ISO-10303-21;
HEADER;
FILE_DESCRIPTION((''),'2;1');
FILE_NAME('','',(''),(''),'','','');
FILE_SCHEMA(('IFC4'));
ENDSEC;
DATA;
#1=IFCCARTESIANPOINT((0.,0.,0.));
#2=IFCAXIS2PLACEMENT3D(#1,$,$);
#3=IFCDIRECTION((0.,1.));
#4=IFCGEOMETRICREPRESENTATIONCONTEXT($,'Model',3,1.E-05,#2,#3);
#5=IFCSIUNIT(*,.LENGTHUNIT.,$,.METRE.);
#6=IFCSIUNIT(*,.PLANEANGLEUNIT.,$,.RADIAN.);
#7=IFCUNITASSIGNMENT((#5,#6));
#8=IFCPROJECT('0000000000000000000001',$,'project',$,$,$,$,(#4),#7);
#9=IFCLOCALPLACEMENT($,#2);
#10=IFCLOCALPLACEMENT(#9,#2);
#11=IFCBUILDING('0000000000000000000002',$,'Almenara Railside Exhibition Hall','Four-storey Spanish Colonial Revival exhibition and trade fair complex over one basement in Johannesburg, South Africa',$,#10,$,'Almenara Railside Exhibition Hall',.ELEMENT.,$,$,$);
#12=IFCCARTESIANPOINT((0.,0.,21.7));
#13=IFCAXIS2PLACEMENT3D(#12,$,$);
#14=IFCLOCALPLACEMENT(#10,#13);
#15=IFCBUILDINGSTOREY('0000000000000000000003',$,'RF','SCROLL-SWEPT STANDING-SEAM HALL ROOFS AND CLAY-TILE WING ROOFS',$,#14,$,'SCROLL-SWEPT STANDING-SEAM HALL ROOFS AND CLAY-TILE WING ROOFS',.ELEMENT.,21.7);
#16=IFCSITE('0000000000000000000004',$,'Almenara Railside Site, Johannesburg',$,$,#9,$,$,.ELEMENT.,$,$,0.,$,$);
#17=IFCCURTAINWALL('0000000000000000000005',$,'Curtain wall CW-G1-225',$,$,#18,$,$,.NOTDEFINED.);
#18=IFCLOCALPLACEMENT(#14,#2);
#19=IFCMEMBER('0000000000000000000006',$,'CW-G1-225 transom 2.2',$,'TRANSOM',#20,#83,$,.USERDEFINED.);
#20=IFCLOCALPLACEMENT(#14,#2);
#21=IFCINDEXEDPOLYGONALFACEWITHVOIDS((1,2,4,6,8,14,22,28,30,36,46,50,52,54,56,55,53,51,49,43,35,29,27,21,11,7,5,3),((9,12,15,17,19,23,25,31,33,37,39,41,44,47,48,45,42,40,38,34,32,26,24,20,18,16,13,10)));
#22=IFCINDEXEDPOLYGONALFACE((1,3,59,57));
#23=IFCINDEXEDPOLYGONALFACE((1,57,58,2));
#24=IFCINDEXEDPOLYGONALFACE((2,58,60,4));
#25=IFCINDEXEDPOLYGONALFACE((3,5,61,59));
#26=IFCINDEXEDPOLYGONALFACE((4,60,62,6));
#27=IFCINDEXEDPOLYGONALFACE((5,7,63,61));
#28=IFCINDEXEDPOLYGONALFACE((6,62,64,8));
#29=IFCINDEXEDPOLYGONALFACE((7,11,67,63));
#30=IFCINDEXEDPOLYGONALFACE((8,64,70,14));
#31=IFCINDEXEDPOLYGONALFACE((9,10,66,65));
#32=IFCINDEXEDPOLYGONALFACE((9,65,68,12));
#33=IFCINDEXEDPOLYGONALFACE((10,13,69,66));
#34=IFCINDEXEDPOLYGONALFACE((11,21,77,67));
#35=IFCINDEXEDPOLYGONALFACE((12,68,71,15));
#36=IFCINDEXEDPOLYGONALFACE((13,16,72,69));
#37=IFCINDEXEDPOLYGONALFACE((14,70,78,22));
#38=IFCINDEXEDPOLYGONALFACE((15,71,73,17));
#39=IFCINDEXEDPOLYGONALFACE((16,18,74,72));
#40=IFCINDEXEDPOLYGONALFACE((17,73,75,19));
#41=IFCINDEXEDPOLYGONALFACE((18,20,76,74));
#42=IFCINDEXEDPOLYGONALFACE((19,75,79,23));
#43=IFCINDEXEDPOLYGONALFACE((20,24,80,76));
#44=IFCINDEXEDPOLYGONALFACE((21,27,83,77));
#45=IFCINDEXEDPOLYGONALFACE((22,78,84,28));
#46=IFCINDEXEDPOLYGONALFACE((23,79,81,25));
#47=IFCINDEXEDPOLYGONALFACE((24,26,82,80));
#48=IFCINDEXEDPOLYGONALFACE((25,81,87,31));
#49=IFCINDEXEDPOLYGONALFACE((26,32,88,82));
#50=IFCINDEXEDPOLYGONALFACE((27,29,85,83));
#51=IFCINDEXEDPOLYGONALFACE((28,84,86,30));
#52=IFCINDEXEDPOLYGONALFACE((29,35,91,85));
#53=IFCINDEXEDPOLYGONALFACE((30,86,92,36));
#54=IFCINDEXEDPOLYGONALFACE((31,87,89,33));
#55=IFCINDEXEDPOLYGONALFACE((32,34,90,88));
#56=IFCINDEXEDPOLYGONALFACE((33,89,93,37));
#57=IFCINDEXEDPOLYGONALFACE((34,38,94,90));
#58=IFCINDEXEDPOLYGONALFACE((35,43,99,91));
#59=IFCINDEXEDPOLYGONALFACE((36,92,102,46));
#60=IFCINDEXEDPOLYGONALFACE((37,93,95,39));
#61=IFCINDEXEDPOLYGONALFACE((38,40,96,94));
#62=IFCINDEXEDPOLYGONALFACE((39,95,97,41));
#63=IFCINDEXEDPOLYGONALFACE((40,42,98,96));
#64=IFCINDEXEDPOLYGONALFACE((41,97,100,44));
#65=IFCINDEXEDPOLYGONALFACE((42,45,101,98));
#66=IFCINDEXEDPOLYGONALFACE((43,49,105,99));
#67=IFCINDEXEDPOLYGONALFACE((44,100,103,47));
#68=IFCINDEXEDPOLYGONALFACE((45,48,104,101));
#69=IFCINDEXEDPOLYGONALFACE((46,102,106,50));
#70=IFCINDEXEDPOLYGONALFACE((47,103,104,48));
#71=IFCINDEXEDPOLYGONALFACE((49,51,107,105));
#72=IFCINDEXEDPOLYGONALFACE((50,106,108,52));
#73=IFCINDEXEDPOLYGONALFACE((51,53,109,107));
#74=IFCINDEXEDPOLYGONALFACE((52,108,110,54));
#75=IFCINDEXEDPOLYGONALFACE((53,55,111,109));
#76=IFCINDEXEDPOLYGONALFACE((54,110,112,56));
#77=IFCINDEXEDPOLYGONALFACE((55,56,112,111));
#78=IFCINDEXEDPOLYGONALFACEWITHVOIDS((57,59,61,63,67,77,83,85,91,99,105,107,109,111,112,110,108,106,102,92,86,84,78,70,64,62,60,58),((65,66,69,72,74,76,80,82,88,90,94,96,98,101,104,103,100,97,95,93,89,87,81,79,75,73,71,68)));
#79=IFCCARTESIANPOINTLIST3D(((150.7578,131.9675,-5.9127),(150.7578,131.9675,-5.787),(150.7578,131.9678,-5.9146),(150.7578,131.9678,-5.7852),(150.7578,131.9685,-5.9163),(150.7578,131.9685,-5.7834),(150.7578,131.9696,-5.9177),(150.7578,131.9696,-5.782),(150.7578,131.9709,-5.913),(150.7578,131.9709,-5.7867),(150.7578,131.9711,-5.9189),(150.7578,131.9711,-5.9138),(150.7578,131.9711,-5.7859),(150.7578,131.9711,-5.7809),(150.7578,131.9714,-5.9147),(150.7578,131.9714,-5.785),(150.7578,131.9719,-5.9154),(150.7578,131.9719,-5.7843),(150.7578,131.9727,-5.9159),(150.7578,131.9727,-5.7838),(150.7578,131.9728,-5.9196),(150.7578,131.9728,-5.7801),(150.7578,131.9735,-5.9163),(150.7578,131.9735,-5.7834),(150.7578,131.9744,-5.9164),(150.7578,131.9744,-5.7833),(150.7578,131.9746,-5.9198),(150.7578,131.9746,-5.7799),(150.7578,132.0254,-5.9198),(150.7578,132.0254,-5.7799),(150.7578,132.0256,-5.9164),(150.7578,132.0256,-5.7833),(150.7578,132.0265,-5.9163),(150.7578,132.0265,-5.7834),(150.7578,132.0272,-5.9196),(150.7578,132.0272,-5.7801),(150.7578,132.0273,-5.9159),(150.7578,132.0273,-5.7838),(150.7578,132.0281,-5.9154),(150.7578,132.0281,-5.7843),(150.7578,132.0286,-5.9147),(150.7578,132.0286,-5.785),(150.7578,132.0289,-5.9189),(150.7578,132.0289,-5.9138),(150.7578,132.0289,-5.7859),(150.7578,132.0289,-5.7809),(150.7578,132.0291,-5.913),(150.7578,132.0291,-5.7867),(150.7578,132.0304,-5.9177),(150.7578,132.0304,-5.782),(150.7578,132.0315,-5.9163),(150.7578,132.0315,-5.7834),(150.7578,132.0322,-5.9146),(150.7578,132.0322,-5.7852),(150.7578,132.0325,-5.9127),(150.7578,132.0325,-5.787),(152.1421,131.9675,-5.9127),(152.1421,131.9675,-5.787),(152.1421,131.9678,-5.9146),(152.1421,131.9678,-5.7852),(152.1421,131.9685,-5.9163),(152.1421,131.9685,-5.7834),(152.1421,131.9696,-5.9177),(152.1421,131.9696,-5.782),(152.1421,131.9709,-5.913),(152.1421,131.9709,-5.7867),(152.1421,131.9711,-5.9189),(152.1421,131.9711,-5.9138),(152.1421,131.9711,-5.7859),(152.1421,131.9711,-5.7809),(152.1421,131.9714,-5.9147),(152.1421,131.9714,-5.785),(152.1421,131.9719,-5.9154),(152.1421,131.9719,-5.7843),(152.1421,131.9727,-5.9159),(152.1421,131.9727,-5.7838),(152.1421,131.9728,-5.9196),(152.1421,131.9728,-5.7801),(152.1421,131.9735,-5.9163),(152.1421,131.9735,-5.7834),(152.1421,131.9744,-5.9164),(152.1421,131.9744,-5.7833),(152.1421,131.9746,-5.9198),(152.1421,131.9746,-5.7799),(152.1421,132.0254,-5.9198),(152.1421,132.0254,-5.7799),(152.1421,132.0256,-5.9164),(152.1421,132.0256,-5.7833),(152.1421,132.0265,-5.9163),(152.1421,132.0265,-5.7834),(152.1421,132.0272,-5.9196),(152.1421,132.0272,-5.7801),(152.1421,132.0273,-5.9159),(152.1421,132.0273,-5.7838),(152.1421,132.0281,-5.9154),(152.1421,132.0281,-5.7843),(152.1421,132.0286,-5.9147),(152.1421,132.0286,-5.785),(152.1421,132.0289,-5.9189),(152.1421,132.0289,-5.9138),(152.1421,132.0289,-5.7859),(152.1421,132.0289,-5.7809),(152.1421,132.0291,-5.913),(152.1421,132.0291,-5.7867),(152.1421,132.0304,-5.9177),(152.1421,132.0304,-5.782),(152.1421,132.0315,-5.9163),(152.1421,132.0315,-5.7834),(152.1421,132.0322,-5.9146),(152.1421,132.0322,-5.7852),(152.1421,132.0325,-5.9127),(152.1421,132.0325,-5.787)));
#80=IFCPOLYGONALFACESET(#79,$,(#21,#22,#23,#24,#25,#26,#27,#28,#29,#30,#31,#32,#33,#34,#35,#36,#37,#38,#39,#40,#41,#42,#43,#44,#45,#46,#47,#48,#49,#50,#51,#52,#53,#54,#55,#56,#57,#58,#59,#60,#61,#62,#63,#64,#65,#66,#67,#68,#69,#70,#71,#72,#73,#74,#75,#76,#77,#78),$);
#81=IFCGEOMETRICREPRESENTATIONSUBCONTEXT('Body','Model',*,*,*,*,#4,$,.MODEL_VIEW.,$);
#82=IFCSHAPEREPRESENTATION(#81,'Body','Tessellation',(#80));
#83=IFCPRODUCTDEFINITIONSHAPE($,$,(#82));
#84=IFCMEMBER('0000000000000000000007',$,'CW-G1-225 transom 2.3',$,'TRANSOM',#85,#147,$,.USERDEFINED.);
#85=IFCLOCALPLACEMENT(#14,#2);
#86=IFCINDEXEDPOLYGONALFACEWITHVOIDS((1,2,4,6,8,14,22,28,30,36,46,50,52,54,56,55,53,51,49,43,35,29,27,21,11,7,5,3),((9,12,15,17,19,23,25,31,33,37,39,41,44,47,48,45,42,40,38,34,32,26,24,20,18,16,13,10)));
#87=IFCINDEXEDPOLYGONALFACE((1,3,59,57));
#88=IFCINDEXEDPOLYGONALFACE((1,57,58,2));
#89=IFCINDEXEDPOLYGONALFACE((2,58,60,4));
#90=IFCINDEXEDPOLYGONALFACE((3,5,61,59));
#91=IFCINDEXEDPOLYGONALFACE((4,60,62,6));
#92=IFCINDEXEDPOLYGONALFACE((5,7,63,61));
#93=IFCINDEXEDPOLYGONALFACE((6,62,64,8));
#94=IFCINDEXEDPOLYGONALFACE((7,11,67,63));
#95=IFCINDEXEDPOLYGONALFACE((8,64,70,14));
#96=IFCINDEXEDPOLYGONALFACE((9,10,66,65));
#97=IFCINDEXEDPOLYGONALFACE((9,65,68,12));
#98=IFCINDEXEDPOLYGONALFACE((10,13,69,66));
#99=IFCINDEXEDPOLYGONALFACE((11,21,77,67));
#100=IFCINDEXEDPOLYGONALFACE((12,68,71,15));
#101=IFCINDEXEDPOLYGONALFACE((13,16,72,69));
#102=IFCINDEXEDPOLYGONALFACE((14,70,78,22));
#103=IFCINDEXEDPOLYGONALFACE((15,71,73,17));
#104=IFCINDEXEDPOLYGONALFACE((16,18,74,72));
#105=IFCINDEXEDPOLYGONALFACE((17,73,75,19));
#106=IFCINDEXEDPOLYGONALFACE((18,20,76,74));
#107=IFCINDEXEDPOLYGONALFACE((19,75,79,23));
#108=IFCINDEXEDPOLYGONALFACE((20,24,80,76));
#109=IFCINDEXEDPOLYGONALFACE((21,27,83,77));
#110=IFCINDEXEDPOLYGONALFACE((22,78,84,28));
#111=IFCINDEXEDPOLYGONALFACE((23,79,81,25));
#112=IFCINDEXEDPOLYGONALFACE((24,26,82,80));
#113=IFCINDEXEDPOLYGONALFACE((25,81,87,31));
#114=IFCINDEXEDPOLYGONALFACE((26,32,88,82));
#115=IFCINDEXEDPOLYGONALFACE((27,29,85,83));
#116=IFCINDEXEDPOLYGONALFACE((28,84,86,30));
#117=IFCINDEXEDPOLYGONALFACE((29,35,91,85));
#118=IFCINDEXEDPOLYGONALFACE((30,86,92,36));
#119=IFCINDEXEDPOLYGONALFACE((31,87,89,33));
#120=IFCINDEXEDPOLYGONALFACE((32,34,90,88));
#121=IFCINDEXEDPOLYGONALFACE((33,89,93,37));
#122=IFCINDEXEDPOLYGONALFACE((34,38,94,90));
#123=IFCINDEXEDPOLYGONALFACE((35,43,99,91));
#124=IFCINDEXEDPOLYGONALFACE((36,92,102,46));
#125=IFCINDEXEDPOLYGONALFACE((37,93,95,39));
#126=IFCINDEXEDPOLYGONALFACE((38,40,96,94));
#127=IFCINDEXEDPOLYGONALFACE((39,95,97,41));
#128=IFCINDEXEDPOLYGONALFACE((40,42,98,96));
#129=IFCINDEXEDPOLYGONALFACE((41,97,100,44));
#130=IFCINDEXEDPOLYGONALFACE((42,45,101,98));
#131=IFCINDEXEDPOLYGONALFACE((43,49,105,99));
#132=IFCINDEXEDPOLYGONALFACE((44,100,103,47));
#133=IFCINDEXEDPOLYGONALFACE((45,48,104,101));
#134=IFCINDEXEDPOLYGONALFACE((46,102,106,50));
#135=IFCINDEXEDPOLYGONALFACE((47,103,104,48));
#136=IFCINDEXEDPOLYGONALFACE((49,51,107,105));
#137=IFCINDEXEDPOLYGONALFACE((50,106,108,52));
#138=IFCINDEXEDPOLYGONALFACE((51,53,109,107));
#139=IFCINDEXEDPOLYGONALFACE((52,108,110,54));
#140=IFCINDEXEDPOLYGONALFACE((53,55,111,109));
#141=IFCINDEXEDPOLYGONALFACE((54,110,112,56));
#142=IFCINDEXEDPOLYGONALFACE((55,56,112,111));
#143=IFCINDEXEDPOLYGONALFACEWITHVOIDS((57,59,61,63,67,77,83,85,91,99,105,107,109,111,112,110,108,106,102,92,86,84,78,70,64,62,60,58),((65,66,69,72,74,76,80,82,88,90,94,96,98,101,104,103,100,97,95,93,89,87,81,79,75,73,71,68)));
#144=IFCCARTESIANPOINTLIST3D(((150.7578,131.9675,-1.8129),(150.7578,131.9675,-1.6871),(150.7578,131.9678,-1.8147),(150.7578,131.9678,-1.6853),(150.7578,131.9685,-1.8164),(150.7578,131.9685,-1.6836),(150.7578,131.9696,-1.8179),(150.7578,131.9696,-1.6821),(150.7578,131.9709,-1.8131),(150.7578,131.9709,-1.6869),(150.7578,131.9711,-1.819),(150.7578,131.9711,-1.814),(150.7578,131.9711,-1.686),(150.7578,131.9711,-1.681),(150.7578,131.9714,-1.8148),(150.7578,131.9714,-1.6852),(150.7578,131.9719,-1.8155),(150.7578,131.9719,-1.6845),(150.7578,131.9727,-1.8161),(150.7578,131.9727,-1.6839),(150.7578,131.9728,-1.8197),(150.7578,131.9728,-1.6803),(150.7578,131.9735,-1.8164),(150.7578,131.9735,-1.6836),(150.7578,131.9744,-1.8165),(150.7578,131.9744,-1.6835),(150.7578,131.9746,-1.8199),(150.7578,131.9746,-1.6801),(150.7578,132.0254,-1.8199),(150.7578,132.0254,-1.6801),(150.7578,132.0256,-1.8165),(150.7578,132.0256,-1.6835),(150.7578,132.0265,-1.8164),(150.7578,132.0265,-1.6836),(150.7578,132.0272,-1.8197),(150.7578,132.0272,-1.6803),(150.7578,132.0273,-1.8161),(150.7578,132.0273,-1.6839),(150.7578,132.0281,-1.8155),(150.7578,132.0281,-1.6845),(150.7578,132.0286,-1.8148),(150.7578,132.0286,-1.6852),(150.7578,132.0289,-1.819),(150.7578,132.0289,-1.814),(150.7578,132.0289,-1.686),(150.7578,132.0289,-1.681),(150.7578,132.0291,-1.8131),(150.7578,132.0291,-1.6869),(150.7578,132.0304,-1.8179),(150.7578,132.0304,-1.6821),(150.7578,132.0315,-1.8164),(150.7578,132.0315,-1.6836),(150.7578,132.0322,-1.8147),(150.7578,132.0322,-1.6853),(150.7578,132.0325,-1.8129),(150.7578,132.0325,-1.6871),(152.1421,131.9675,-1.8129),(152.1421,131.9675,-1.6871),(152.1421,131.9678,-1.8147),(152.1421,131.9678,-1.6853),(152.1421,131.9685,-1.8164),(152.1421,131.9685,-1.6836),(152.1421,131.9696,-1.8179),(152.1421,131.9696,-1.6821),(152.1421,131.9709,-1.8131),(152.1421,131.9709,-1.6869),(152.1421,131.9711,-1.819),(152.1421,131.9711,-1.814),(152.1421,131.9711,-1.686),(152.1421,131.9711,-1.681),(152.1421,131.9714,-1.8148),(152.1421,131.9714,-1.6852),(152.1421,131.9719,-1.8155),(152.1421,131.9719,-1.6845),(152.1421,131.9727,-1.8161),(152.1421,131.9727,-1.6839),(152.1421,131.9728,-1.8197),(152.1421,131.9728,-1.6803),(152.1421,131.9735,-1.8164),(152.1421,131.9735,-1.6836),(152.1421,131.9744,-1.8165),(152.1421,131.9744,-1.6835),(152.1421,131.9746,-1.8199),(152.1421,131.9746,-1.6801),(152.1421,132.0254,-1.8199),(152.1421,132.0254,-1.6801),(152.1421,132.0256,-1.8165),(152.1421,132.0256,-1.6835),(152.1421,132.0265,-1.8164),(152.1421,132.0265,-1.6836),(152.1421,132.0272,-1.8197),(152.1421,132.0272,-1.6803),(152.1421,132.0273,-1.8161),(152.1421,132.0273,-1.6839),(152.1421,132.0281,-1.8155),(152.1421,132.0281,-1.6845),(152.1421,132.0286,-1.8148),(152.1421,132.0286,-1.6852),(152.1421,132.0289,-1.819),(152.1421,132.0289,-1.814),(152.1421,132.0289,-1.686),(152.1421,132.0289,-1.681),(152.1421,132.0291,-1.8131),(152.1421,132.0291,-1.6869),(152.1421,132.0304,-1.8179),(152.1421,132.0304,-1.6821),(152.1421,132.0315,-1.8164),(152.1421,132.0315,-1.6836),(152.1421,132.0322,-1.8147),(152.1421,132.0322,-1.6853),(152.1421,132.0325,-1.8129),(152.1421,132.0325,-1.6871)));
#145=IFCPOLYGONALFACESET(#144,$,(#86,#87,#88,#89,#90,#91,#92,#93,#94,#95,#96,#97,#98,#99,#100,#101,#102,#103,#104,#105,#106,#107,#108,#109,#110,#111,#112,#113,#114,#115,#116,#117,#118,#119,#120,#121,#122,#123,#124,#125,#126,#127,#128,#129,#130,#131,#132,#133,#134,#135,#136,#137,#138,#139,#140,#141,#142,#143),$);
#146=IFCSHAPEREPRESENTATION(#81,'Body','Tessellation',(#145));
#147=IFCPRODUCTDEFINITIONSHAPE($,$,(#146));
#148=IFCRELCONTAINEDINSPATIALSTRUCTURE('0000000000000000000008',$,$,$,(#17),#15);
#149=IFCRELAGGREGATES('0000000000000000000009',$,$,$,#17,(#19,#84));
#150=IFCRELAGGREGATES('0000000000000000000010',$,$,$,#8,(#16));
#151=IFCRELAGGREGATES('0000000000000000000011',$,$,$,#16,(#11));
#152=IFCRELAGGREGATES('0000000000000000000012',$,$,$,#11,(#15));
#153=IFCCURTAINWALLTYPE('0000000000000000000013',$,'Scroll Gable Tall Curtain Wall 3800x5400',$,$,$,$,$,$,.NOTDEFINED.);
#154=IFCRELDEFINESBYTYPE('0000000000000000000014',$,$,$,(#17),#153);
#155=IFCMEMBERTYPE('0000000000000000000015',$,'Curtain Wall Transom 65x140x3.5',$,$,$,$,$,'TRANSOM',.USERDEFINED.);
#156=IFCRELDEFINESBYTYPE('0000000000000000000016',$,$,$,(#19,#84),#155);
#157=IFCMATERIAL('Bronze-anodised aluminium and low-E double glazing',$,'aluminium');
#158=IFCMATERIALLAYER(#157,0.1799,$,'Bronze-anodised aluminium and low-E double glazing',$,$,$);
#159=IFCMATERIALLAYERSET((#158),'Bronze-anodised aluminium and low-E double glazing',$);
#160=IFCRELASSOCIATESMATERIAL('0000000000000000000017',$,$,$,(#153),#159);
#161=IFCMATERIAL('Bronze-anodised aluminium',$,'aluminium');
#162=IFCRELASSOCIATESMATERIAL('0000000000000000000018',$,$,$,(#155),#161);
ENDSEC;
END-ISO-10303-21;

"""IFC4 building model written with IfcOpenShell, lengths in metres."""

from ifc_helpers import new_model, si_unit, direction, frame, origin, origin_2d, place, context, subcontext, project, spatial, hollow_rectangle, extrude, material, layer, layer_set, material_profile, profile_set, type_object, element, aggregate, save


model = new_model("IFC4")

# Units and contexts
model_context = context("Model", 3, precision=1e-05, world=origin(), true_north=direction((0.0, 1.0)))
body_context = subcontext(model_context, "Body", "Model", "MODEL_VIEW")
ifc_project = project(units=[si_unit("LENGTHUNIT", "METRE"), si_unit("PLANEANGLEUNIT", "RADIAN")], contexts=[model_context])

# Site, building, storey
site_placement = place(None, origin())
site = spatial("IfcSite", under=ifc_project, at=site_placement, Name="Almenara Railside Site, Johannesburg", CompositionType="ELEMENT", RefElevation=0.0)
building_placement = place(site_placement, origin())
building = spatial("IfcBuilding", under=site, at=building_placement, Name="Almenara Railside Exhibition Hall", Description="Four-storey Spanish Colonial Revival exhibition and trade fair complex over one basement in Johannesburg, South Africa", LongName="Almenara Railside Exhibition Hall", CompositionType="ELEMENT")
storey_placement = place(building_placement, frame((0.0, 0.0, 21.7)))
storey = spatial("IfcBuildingStorey", under=building, at=storey_placement, Name="RF", Description="SCROLL-SWEPT STANDING-SEAM HALL ROOFS AND CLAY-TILE WING ROOFS", LongName="SCROLL-SWEPT STANDING-SEAM HALL ROOFS AND CLAY-TILE WING ROOFS", CompositionType="ELEMENT", Elevation=21.7)

# Curtain wall
ifc_material_1 = material(Name="Bronze-anodised aluminium and low-E double glazing", Category="aluminium")
ifc_material_2 = material(Name="Bronze-anodised aluminium", Category="aluminium")
ifc_layer_1 = layer(ifc_material_1, 0.1799, Name="Bronze-anodised aluminium and low-E double glazing")
ifc_layer_set_1 = layer_set([ifc_layer_1], Name="Bronze-anodised aluminium and low-E double glazing")
curtain_wall_type_1 = type_object("IfcCurtainWallType", Name="Scroll Gable Tall Curtain Wall 3800x5400", PredefinedType="NOTDEFINED", material=ifc_layer_set_1)
curtain_wall_1_placement = place(storey_placement, origin())
curtain_wall_1 = element("IfcCurtainWall", 1, at=curtain_wall_1_placement, inside=storey, type_object=curtain_wall_type_1, Name="Curtain wall CW-G1-225", PredefinedType="NOTDEFINED")

# Members
ifc_material_profile_1 = material_profile(ifc_material_2, hollow_rectangle(XDim=0.0649, YDim=0.1399, WallThickness=0.0034, InnerFilletRadius=0.0034, OuterFilletRadius=0.0071, at=origin_2d()), Name="ALU-TRN 65x140x3.5")
ifc_profile_set_1 = profile_set([ifc_material_profile_1], Name="Bronze-anodised aluminium")
member_type_1 = type_object("IfcMemberType", Name="Curtain Wall Transom 65x140x3.5", ElementType="TRANSOM", PredefinedType="USERDEFINED", material=ifc_profile_set_1)
member_1_placement = place(storey_placement, frame((150.7578, 132.0, -5.8499), z_axis=(1.0, 0.0, 0.0), x_axis=(0.0, 1.0, 0.0)))
member_1 = element("IfcMember", 2, at=member_1_placement, type_object=member_type_1, Name="CW-G1-225 transom 2.2", ObjectType="TRANSOM", PredefinedType="USERDEFINED", context=body_context, shape_type="SweptSolid", body=[
    extrude(hollow_rectangle(XDim=0.0649, YDim=0.1399, WallThickness=0.0034, InnerFilletRadius=0.0034, OuterFilletRadius=0.0071, at=origin_2d()), origin(), (0.0, 0.0, 1.0), 1.3843),
])
member_2_placement = place(storey_placement, frame((150.7578, 132.0, -1.75), z_axis=(1.0, 0.0, 0.0), x_axis=(0.0, 1.0, 0.0)))
member_2 = element("IfcMember", 3, at=member_2_placement, type_object=member_type_1, Name="CW-G1-225 transom 2.3", ObjectType="TRANSOM", PredefinedType="USERDEFINED", context=body_context, shape_type="SweptSolid", body=[
    extrude(hollow_rectangle(XDim=0.0649, YDim=0.1399, WallThickness=0.0034, InnerFilletRadius=0.0034, OuterFilletRadius=0.0071, at=origin_2d()), origin(), (0.0, 0.0, 1.0), 1.3843),
])

aggregate(curtain_wall_1, [member_1, member_2])

save(model, "model.ifc")
